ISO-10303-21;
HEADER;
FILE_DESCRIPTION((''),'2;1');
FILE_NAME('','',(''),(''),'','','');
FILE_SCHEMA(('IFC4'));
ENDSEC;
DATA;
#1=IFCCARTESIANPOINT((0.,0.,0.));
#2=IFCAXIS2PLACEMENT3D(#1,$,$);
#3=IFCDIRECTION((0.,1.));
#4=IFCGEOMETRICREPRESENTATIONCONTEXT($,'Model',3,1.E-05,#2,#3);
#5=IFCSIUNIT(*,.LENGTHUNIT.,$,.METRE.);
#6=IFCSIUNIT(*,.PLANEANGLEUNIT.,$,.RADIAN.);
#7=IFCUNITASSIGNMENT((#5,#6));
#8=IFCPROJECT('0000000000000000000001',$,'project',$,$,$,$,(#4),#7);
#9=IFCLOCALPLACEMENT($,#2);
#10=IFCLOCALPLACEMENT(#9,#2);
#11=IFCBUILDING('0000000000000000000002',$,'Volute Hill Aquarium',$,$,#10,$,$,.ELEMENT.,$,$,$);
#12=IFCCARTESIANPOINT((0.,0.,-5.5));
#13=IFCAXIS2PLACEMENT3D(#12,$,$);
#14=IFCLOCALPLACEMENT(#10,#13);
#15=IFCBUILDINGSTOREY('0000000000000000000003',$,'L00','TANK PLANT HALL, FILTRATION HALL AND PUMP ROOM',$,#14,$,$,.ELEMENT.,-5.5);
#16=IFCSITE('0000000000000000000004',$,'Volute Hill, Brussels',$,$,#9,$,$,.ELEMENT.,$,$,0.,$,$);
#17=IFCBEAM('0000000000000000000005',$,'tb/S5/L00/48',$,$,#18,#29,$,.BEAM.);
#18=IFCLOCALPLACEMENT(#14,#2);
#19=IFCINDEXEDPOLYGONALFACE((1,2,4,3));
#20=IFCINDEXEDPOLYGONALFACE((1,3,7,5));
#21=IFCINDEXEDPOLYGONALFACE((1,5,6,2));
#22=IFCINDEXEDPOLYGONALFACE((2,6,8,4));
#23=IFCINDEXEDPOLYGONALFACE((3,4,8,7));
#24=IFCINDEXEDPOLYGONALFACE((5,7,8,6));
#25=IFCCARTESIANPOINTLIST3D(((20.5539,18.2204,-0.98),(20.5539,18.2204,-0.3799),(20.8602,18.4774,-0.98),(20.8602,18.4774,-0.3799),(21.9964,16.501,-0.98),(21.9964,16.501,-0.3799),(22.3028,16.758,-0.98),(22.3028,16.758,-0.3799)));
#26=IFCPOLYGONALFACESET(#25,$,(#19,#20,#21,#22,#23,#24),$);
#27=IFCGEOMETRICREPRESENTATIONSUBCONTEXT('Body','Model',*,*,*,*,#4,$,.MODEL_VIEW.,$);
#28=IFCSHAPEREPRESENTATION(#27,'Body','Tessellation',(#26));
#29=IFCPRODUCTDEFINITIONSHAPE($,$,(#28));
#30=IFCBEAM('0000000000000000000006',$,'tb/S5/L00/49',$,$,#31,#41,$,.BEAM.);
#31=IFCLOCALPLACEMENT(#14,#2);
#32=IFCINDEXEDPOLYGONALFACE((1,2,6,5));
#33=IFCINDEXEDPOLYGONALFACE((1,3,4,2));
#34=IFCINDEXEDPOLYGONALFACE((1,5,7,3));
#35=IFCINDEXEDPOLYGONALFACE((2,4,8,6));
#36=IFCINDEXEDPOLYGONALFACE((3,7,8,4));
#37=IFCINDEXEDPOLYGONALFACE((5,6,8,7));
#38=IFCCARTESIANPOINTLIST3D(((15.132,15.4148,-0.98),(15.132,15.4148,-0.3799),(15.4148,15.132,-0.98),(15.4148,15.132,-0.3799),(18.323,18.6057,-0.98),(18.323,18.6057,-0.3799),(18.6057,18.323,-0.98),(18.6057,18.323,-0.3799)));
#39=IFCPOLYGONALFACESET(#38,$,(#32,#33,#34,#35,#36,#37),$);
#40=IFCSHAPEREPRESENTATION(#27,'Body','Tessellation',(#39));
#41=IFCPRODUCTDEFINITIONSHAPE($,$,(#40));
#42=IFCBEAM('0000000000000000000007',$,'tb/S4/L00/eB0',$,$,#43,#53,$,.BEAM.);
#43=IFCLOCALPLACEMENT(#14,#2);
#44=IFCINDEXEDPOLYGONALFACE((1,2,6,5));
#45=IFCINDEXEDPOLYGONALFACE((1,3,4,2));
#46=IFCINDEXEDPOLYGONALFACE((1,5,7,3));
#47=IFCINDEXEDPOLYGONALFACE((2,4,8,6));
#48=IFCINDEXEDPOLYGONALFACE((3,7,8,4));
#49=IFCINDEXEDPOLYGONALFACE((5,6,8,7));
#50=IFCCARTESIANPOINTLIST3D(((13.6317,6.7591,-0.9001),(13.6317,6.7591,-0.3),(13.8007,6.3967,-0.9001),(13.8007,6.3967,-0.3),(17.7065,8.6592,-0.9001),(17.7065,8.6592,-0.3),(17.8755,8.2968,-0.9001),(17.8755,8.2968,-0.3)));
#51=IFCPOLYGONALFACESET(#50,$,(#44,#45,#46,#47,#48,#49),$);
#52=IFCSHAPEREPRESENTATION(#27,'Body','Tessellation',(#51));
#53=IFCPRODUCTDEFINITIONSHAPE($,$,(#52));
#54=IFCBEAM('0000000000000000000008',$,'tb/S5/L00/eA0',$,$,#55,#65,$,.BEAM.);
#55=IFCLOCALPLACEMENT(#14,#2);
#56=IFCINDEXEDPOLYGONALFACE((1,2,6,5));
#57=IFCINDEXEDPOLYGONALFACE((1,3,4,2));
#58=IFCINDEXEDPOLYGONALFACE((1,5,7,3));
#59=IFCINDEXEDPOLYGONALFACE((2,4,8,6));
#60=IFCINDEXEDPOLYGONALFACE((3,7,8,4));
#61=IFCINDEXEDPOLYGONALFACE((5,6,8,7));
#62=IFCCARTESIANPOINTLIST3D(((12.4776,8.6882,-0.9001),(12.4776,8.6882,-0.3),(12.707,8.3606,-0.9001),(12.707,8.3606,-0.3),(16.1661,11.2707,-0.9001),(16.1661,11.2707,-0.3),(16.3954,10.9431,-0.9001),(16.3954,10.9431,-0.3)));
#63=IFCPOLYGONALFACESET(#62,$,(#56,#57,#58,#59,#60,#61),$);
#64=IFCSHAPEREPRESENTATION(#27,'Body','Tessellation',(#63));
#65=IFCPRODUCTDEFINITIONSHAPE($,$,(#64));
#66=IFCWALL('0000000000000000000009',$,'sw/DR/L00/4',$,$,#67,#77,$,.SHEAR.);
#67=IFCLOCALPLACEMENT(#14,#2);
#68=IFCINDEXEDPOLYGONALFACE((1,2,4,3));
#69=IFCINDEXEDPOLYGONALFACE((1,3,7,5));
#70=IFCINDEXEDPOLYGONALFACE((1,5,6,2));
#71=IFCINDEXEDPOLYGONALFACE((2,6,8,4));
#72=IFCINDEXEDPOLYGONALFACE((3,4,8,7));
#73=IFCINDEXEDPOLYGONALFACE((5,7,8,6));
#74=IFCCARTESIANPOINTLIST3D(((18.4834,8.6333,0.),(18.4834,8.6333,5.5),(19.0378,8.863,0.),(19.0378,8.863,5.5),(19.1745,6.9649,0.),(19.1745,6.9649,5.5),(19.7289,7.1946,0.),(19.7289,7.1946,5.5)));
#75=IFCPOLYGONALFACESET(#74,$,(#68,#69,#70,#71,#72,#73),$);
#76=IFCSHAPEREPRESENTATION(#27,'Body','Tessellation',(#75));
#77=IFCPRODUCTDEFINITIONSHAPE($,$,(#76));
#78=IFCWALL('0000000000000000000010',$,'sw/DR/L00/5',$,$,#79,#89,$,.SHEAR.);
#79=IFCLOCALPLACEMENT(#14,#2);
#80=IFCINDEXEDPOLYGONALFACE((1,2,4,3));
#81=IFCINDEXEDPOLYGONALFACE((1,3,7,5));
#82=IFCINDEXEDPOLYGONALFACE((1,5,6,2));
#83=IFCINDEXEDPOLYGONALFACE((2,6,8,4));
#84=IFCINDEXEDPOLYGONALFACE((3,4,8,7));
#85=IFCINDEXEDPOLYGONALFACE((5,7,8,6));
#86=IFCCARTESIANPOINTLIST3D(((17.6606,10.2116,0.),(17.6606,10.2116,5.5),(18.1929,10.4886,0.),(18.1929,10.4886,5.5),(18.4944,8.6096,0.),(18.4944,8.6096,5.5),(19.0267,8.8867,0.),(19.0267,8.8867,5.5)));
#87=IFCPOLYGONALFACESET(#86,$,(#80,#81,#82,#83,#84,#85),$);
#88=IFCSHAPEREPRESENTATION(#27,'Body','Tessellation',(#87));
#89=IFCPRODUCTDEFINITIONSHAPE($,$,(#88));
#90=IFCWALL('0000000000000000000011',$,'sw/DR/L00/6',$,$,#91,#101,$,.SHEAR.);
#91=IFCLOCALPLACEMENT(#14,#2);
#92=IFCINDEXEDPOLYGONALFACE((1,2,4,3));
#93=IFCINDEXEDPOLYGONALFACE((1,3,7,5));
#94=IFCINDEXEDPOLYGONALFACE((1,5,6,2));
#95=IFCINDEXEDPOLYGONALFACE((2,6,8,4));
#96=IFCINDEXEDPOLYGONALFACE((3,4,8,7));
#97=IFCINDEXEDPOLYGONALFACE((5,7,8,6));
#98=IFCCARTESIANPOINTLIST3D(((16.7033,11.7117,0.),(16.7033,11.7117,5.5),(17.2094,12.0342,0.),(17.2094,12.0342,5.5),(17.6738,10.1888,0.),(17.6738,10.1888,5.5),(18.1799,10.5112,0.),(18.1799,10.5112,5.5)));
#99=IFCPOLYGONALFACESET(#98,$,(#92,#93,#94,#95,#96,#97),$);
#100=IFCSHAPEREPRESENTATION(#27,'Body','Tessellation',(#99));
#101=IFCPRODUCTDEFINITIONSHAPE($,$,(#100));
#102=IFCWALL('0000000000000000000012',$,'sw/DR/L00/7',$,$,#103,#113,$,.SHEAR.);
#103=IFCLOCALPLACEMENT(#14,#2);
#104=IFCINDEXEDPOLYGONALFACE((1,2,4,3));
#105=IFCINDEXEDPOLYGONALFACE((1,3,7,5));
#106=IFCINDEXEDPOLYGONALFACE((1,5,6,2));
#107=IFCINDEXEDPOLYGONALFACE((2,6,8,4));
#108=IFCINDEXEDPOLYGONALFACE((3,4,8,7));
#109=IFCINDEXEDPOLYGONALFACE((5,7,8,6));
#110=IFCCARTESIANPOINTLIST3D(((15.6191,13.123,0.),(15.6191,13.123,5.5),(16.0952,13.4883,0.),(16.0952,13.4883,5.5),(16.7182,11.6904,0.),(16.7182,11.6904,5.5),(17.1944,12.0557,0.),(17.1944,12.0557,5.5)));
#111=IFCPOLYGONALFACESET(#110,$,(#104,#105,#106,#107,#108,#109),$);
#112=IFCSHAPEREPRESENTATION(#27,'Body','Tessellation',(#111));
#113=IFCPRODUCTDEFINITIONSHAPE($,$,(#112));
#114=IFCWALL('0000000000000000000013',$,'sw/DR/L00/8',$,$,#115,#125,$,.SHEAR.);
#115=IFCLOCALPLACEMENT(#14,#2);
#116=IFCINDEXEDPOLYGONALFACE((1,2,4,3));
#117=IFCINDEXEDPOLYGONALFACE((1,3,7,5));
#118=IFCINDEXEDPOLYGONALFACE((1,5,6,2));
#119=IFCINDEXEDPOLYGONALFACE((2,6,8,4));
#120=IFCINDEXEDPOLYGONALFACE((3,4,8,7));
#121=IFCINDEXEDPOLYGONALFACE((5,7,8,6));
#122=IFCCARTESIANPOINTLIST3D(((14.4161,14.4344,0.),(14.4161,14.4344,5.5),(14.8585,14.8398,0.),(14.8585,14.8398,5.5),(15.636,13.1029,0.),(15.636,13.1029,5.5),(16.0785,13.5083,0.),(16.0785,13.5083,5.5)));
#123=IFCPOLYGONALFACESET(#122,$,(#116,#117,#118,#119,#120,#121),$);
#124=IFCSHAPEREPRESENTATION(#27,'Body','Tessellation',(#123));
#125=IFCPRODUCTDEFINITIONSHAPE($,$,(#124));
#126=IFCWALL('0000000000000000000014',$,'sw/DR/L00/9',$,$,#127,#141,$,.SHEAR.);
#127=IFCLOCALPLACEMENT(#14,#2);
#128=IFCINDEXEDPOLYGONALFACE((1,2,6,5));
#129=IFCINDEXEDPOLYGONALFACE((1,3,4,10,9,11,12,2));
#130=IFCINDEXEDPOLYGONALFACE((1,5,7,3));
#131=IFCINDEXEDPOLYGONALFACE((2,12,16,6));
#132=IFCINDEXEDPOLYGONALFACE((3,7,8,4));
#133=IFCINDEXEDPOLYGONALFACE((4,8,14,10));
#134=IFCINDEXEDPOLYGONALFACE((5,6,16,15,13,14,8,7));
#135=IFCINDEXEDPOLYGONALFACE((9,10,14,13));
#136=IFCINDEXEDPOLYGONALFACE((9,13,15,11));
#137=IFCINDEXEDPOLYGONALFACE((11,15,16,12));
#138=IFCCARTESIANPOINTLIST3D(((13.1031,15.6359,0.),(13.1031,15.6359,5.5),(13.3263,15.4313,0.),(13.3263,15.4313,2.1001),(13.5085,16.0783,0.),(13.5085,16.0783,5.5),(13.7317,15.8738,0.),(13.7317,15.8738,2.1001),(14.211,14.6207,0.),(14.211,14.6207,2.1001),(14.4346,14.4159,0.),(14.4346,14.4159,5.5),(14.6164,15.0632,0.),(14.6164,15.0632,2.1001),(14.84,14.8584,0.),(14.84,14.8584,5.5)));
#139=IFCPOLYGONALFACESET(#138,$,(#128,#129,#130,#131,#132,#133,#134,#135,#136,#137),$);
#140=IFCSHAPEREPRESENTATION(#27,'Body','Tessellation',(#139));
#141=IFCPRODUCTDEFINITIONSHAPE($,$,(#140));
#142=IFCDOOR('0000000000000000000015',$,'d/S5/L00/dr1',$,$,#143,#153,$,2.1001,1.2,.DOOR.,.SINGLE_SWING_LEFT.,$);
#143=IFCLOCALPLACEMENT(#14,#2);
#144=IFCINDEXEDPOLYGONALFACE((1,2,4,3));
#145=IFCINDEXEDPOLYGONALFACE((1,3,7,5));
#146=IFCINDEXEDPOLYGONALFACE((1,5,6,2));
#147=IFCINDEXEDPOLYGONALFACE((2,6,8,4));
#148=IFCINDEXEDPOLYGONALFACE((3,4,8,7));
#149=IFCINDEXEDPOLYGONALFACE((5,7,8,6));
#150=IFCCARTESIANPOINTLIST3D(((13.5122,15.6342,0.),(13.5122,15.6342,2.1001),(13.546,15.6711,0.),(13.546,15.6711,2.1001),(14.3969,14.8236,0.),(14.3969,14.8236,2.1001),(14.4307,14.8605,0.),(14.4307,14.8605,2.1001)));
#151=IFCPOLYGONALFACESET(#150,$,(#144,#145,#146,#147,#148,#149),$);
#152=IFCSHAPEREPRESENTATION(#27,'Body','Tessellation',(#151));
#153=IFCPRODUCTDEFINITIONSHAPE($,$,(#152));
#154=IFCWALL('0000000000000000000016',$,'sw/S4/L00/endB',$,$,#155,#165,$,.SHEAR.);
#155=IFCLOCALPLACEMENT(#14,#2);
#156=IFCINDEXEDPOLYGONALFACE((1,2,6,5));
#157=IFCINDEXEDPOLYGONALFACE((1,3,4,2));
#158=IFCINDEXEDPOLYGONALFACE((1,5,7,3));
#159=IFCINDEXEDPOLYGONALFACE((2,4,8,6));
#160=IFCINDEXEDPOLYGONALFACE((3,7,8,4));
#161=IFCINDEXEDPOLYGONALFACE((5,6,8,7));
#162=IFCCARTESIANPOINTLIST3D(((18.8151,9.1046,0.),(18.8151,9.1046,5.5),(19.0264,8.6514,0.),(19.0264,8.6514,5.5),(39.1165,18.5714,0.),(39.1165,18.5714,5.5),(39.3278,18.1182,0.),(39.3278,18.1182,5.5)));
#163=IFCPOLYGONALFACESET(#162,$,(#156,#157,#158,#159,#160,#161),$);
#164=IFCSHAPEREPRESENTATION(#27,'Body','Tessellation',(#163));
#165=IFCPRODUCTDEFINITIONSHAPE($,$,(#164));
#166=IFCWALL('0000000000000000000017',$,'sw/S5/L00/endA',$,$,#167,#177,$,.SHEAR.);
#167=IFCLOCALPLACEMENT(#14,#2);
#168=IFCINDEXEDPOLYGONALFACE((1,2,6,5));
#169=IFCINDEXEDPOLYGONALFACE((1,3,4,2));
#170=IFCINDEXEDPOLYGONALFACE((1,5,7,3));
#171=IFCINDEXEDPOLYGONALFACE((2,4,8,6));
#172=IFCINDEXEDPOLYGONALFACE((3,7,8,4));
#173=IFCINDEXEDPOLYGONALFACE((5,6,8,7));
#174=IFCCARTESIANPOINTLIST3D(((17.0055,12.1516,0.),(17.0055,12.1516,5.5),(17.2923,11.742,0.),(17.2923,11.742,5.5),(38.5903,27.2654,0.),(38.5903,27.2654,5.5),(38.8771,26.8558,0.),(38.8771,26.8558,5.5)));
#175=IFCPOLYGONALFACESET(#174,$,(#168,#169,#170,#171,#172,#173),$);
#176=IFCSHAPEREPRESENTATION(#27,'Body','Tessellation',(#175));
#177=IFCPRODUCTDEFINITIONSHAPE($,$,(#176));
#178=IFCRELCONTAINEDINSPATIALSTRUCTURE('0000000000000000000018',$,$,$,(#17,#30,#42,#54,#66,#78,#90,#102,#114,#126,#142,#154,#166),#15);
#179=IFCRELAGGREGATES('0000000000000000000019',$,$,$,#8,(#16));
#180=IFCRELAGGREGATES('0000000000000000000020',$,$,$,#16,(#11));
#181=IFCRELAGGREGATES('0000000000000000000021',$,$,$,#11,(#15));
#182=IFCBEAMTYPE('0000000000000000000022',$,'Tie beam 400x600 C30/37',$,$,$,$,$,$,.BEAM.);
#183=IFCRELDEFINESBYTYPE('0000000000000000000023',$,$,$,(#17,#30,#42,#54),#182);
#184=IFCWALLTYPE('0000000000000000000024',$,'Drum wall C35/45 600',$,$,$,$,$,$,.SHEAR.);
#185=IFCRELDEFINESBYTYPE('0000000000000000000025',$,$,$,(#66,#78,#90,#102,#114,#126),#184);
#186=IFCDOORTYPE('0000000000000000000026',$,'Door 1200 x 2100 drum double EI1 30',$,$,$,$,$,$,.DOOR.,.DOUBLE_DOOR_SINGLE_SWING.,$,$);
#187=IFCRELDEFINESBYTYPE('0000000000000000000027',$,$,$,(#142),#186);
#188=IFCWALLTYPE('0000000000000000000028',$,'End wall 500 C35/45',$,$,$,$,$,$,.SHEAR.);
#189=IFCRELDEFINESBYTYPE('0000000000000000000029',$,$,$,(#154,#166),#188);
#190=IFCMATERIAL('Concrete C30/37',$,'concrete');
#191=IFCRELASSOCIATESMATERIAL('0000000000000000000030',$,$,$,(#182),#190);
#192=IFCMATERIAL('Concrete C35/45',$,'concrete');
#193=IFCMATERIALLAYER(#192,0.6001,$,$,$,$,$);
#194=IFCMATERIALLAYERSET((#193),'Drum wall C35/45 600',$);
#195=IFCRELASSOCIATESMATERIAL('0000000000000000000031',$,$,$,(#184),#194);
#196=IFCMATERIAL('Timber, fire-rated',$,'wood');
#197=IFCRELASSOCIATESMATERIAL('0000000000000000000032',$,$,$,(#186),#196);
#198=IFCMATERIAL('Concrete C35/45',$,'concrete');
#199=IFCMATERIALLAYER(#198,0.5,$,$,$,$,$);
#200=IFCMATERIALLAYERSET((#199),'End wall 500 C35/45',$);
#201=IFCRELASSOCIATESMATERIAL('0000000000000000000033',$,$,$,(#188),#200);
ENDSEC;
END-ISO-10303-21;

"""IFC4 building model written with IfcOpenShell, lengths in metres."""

from ifc_helpers import new_model, si_unit, direction, frame, frame_2d, origin, origin_2d, place, context, subcontext, project, spatial, rectangle, extrude, material, layer, layer_set, material_profile, profile_set, type_object, element, fill, save


model = new_model("IFC4")

# Units and contexts
model_context = context("Model", 3, precision=1e-05, world=origin(), true_north=direction((0.0, 1.0)))
body_context = subcontext(model_context, "Body", "Model", "MODEL_VIEW")
ifc_project = project(units=[si_unit("LENGTHUNIT", "METRE"), si_unit("PLANEANGLEUNIT", "RADIAN")], contexts=[model_context])

# Site, building, storey
site_placement = place(None, origin())
site = spatial("IfcSite", under=ifc_project, at=site_placement, Name="Volute Hill, Brussels", CompositionType="ELEMENT", RefElevation=0.0)
building_placement = place(site_placement, origin())
building = spatial("IfcBuilding", under=site, at=building_placement, Name="Volute Hill Aquarium", CompositionType="ELEMENT")
storey_placement = place(building_placement, frame((0.0, 0.0, -5.5)))
storey = spatial("IfcBuildingStorey", under=building, at=storey_placement, Name="L00", Description="TANK PLANT HALL, FILTRATION HALL AND PUMP ROOM", CompositionType="ELEMENT", Elevation=-5.5)

# Beams
ifc_material_1 = material(Name="Concrete C30/37", Category="concrete")
ifc_material_profile = material_profile(ifc_material_1, rectangle(XDim=0.3999, YDim=0.6001, at=origin_2d()), Name="RC tie beam 400x600")
ifc_profile_set = profile_set([ifc_material_profile], Name="Concrete C30/37")
beam_type = type_object("IfcBeamType", Name="Tie beam 400x600 C30/37", PredefinedType="BEAM", material=ifc_profile_set)
beam_1_placement = place(storey_placement, frame((20.707, 18.3489, -0.6799), z_axis=(0.642738, -0.766086, 0.0), x_axis=(0.766086, 0.642738, 0.0)))
element("IfcBeam", 1, at=beam_1_placement, inside=storey, type_object=beam_type, Name="tb/S5/L00/48", PredefinedType="BEAM", context=body_context, shape_type="SweptSolid", body=[
    extrude(rectangle(XDim=0.3999, YDim=0.6001, at=origin_2d()), origin(), (0.0, 0.0, 1.0), 2.2444),
])
beam_2_placement = place(storey_placement, frame((18.4644, 18.4644, -0.6799), z_axis=(-0.707107, -0.707107, 0.0), x_axis=(0.707107, -0.707107, 0.0)))
element("IfcBeam", 2, at=beam_2_placement, inside=storey, type_object=beam_type, Name="tb/S5/L00/49", PredefinedType="BEAM", context=body_context, shape_type="SweptSolid", body=[
    extrude(rectangle(XDim=0.3999, YDim=0.6001, at=origin_2d()), origin(), (0.0, 0.0, 1.0), 4.5127),
])
beam_3_placement = place(storey_placement, frame((17.791, 8.478, -0.6001), z_axis=(-0.906311, -0.422612, 0.0), x_axis=(0.422612, -0.906311, 0.0)))
element("IfcBeam", 3, at=beam_3_placement, inside=storey, type_object=beam_type, Name="tb/S4/L00/eB0", PredefinedType="BEAM", context=body_context, shape_type="SweptSolid", body=[
    extrude(rectangle(XDim=0.3999, YDim=0.6001, at=origin_2d()), origin(), (0.0, 0.0, 1.0), 4.4961),
])
beam_4_placement = place(storey_placement, frame((16.2808, 11.1069, -0.6001), z_axis=(-0.819171, -0.57355, 0.0), x_axis=(0.57355, -0.819171, 0.0)))
element("IfcBeam", 4, at=beam_4_placement, inside=storey, type_object=beam_type, Name="tb/S5/L00/eA0", PredefinedType="BEAM", context=body_context, shape_type="SweptSolid", body=[
    extrude(rectangle(XDim=0.3999, YDim=0.6001, at=origin_2d()), origin(), (0.0, 0.0, 1.0), 4.5027),
])

# Walls
ifc_material_2 = material(Name="Concrete C35/45", Category="concrete")
ifc_layer_1 = layer(ifc_material_2, 0.6001)
ifc_layer_set_1 = layer_set([ifc_layer_1], Name="Drum wall C35/45 600")
wall_type_1 = type_object("IfcWallType", Name="Drum wall C35/45 600", PredefinedType="SHEAR", material=ifc_layer_set_1)
for number, where, z_axis, x_axis, name in (
    (5, (19.4517, 7.0798, 0.0), (0.0, 0.0, 1.0), (-0.382714, 0.923867, 0.0), "sw/DR/L00/4"),
    (6, (18.7605, 8.7483, 0.0), (0.0, 0.0, 1.0), (-0.461702, 0.887035, 0.0), "sw/DR/L00/5"),
    (7, (17.9268, 10.3501, 0.0), (0.0, 0.0, 1.0), (-0.537392, 0.843333, 0.0), "sw/DR/L00/6"),
):
    element("IfcWall", number, at=place(storey_placement, frame(where, z_axis=z_axis, x_axis=x_axis)), inside=storey, type_object=wall_type_1, Name=name, PredefinedType="SHEAR", context=body_context, shape_type="SweptSolid", body=[
        extrude(rectangle(XDim=1.8059, YDim=0.6001, at=frame_2d((0.9028, 0.0))), origin(), (0.0, 0.0, 1.0), 5.5),
    ])
wall_1_placement = place(storey_placement, frame((16.9563, 11.873, 0.0), z_axis=(0.0, 0.0, 1.0), x_axis=(-0.608704, 0.793397, 0.0)))
element("IfcWall", 8, at=wall_1_placement, inside=storey, type_object=wall_type_1, Name="sw/DR/L00/7", PredefinedType="SHEAR", context=body_context, shape_type="SweptSolid", body=[
    extrude(rectangle(XDim=1.8057, YDim=0.6001, at=frame_2d((0.9028, 0.0))), origin(), (0.0, 0.0, 1.0), 5.5),
])
wall_2_placement = place(storey_placement, frame((15.8572, 13.3057, 0.0), z_axis=(0.0, 0.0, 1.0), x_axis=(-0.675541, 0.737322, 0.0)))
element("IfcWall", 9, at=wall_2_placement, inside=storey, type_object=wall_type_1, Name="sw/DR/L00/8", PredefinedType="SHEAR", context=body_context, shape_type="SweptSolid", body=[
    extrude(rectangle(XDim=1.8059, YDim=0.6001, at=frame_2d((0.9028, 0.0))), origin(), (0.0, 0.0, 1.0), 5.5),
])

# Wall, opening, door
wall_3_placement = place(storey_placement, frame((14.6372, 14.6372, 0.0), z_axis=(0.0, 0.0, 1.0), x_axis=(-0.737322, 0.675541, 0.0)))
wall_3 = element("IfcWall", 10, at=wall_3_placement, inside=storey, type_object=wall_type_1, Name="sw/DR/L00/9", PredefinedType="SHEAR", context=body_context, shape_type="SweptSolid", body=[
    extrude(rectangle(XDim=1.8059, YDim=0.6001, at=frame_2d((0.9028, 0.0))), origin(), (0.0, 0.0, 1.0), 5.5),
])
opening_1_placement = place(wall_3_placement, frame((0.303, 0.0, 0.0)))
opening_1 = element("IfcOpeningElement", 11, at=opening_1_placement, cuts=wall_3, PredefinedType="OPENING", context=body_context, shape_type="SweptSolid", body=[
    extrude(rectangle(XDim=1.2, YDim=2.1001, at=frame_2d((0.6001, 1.05))), frame((0.0, 0.3101, 0.0), z_axis=(0.0, -1.0, 0.0), x_axis=(1.0, 0.0, 0.0)), (0.0, 0.0, 1.0), 0.6201),
])
ifc_material_3 = material(Name="Timber, fire-rated", Category="wood")
door_type_1 = type_object("IfcDoorType", Name="Door 1200 x 2100 drum double EI1 30", OperationType="DOUBLE_DOOR_SINGLE_SWING", PredefinedType="DOOR", material=ifc_material_3)
door_1_placement = place(opening_1_placement, origin())
door_1 = element("IfcDoor", 12, at=door_1_placement, inside=storey, type_object=door_type_1, Name="d/S5/L00/dr1", OperationType="SINGLE_SWING_LEFT", OverallHeight=2.1001, OverallWidth=1.2, PredefinedType="DOOR", context=body_context, shape_type="SweptSolid", body=[
    extrude(rectangle(XDim=1.2, YDim=2.1001, at=frame_2d((0.6001, 1.05))), frame((0.0, 0.0249, 0.0), z_axis=(0.0, -1.0, 0.0), x_axis=(1.0, 0.0, 0.0)), (0.0, 0.0, 1.0), 0.05),
])
fill(opening_1, door_1)

# Walls
ifc_material_4 = material(Name="Concrete C35/45", Category="concrete")
ifc_layer_2 = layer(ifc_material_4, 0.5)
ifc_layer_set_2 = layer_set([ifc_layer_2], Name="End wall 500 C35/45")
wall_type_2 = type_object("IfcWallType", Name="End wall 500 C35/45", PredefinedType="SHEAR", material=ifc_layer_set_2)
wall_4_placement = place(storey_placement, frame((18.9207, 8.8779, 0.0), z_axis=(0.0, 0.0, 1.0), x_axis=(0.906305, 0.422624, 0.0)))
element("IfcWall", 13, at=wall_4_placement, inside=storey, type_object=wall_type_2, Name="sw/S4/L00/endB", PredefinedType="SHEAR", context=body_context, shape_type="SweptSolid", body=[
    extrude(rectangle(XDim=22.4001, YDim=0.5, at=frame_2d((11.2002, 0.0))), origin(), (0.0, 0.0, 1.0), 5.5),
])
wall_5_placement = place(storey_placement, frame((17.1489, 11.9468, 0.0), z_axis=(0.0, 0.0, 1.0), x_axis=(0.819152, 0.573576, 0.0)))
element("IfcWall", 14, at=wall_5_placement, inside=storey, type_object=wall_type_2, Name="sw/S5/L00/endA", PredefinedType="SHEAR", context=body_context, shape_type="SweptSolid", body=[
    extrude(rectangle(XDim=26.3501, YDim=0.5, at=frame_2d((13.175, 0.0))), origin(), (0.0, 0.0, 1.0), 5.5),
])

save(model, "model.ifc")
